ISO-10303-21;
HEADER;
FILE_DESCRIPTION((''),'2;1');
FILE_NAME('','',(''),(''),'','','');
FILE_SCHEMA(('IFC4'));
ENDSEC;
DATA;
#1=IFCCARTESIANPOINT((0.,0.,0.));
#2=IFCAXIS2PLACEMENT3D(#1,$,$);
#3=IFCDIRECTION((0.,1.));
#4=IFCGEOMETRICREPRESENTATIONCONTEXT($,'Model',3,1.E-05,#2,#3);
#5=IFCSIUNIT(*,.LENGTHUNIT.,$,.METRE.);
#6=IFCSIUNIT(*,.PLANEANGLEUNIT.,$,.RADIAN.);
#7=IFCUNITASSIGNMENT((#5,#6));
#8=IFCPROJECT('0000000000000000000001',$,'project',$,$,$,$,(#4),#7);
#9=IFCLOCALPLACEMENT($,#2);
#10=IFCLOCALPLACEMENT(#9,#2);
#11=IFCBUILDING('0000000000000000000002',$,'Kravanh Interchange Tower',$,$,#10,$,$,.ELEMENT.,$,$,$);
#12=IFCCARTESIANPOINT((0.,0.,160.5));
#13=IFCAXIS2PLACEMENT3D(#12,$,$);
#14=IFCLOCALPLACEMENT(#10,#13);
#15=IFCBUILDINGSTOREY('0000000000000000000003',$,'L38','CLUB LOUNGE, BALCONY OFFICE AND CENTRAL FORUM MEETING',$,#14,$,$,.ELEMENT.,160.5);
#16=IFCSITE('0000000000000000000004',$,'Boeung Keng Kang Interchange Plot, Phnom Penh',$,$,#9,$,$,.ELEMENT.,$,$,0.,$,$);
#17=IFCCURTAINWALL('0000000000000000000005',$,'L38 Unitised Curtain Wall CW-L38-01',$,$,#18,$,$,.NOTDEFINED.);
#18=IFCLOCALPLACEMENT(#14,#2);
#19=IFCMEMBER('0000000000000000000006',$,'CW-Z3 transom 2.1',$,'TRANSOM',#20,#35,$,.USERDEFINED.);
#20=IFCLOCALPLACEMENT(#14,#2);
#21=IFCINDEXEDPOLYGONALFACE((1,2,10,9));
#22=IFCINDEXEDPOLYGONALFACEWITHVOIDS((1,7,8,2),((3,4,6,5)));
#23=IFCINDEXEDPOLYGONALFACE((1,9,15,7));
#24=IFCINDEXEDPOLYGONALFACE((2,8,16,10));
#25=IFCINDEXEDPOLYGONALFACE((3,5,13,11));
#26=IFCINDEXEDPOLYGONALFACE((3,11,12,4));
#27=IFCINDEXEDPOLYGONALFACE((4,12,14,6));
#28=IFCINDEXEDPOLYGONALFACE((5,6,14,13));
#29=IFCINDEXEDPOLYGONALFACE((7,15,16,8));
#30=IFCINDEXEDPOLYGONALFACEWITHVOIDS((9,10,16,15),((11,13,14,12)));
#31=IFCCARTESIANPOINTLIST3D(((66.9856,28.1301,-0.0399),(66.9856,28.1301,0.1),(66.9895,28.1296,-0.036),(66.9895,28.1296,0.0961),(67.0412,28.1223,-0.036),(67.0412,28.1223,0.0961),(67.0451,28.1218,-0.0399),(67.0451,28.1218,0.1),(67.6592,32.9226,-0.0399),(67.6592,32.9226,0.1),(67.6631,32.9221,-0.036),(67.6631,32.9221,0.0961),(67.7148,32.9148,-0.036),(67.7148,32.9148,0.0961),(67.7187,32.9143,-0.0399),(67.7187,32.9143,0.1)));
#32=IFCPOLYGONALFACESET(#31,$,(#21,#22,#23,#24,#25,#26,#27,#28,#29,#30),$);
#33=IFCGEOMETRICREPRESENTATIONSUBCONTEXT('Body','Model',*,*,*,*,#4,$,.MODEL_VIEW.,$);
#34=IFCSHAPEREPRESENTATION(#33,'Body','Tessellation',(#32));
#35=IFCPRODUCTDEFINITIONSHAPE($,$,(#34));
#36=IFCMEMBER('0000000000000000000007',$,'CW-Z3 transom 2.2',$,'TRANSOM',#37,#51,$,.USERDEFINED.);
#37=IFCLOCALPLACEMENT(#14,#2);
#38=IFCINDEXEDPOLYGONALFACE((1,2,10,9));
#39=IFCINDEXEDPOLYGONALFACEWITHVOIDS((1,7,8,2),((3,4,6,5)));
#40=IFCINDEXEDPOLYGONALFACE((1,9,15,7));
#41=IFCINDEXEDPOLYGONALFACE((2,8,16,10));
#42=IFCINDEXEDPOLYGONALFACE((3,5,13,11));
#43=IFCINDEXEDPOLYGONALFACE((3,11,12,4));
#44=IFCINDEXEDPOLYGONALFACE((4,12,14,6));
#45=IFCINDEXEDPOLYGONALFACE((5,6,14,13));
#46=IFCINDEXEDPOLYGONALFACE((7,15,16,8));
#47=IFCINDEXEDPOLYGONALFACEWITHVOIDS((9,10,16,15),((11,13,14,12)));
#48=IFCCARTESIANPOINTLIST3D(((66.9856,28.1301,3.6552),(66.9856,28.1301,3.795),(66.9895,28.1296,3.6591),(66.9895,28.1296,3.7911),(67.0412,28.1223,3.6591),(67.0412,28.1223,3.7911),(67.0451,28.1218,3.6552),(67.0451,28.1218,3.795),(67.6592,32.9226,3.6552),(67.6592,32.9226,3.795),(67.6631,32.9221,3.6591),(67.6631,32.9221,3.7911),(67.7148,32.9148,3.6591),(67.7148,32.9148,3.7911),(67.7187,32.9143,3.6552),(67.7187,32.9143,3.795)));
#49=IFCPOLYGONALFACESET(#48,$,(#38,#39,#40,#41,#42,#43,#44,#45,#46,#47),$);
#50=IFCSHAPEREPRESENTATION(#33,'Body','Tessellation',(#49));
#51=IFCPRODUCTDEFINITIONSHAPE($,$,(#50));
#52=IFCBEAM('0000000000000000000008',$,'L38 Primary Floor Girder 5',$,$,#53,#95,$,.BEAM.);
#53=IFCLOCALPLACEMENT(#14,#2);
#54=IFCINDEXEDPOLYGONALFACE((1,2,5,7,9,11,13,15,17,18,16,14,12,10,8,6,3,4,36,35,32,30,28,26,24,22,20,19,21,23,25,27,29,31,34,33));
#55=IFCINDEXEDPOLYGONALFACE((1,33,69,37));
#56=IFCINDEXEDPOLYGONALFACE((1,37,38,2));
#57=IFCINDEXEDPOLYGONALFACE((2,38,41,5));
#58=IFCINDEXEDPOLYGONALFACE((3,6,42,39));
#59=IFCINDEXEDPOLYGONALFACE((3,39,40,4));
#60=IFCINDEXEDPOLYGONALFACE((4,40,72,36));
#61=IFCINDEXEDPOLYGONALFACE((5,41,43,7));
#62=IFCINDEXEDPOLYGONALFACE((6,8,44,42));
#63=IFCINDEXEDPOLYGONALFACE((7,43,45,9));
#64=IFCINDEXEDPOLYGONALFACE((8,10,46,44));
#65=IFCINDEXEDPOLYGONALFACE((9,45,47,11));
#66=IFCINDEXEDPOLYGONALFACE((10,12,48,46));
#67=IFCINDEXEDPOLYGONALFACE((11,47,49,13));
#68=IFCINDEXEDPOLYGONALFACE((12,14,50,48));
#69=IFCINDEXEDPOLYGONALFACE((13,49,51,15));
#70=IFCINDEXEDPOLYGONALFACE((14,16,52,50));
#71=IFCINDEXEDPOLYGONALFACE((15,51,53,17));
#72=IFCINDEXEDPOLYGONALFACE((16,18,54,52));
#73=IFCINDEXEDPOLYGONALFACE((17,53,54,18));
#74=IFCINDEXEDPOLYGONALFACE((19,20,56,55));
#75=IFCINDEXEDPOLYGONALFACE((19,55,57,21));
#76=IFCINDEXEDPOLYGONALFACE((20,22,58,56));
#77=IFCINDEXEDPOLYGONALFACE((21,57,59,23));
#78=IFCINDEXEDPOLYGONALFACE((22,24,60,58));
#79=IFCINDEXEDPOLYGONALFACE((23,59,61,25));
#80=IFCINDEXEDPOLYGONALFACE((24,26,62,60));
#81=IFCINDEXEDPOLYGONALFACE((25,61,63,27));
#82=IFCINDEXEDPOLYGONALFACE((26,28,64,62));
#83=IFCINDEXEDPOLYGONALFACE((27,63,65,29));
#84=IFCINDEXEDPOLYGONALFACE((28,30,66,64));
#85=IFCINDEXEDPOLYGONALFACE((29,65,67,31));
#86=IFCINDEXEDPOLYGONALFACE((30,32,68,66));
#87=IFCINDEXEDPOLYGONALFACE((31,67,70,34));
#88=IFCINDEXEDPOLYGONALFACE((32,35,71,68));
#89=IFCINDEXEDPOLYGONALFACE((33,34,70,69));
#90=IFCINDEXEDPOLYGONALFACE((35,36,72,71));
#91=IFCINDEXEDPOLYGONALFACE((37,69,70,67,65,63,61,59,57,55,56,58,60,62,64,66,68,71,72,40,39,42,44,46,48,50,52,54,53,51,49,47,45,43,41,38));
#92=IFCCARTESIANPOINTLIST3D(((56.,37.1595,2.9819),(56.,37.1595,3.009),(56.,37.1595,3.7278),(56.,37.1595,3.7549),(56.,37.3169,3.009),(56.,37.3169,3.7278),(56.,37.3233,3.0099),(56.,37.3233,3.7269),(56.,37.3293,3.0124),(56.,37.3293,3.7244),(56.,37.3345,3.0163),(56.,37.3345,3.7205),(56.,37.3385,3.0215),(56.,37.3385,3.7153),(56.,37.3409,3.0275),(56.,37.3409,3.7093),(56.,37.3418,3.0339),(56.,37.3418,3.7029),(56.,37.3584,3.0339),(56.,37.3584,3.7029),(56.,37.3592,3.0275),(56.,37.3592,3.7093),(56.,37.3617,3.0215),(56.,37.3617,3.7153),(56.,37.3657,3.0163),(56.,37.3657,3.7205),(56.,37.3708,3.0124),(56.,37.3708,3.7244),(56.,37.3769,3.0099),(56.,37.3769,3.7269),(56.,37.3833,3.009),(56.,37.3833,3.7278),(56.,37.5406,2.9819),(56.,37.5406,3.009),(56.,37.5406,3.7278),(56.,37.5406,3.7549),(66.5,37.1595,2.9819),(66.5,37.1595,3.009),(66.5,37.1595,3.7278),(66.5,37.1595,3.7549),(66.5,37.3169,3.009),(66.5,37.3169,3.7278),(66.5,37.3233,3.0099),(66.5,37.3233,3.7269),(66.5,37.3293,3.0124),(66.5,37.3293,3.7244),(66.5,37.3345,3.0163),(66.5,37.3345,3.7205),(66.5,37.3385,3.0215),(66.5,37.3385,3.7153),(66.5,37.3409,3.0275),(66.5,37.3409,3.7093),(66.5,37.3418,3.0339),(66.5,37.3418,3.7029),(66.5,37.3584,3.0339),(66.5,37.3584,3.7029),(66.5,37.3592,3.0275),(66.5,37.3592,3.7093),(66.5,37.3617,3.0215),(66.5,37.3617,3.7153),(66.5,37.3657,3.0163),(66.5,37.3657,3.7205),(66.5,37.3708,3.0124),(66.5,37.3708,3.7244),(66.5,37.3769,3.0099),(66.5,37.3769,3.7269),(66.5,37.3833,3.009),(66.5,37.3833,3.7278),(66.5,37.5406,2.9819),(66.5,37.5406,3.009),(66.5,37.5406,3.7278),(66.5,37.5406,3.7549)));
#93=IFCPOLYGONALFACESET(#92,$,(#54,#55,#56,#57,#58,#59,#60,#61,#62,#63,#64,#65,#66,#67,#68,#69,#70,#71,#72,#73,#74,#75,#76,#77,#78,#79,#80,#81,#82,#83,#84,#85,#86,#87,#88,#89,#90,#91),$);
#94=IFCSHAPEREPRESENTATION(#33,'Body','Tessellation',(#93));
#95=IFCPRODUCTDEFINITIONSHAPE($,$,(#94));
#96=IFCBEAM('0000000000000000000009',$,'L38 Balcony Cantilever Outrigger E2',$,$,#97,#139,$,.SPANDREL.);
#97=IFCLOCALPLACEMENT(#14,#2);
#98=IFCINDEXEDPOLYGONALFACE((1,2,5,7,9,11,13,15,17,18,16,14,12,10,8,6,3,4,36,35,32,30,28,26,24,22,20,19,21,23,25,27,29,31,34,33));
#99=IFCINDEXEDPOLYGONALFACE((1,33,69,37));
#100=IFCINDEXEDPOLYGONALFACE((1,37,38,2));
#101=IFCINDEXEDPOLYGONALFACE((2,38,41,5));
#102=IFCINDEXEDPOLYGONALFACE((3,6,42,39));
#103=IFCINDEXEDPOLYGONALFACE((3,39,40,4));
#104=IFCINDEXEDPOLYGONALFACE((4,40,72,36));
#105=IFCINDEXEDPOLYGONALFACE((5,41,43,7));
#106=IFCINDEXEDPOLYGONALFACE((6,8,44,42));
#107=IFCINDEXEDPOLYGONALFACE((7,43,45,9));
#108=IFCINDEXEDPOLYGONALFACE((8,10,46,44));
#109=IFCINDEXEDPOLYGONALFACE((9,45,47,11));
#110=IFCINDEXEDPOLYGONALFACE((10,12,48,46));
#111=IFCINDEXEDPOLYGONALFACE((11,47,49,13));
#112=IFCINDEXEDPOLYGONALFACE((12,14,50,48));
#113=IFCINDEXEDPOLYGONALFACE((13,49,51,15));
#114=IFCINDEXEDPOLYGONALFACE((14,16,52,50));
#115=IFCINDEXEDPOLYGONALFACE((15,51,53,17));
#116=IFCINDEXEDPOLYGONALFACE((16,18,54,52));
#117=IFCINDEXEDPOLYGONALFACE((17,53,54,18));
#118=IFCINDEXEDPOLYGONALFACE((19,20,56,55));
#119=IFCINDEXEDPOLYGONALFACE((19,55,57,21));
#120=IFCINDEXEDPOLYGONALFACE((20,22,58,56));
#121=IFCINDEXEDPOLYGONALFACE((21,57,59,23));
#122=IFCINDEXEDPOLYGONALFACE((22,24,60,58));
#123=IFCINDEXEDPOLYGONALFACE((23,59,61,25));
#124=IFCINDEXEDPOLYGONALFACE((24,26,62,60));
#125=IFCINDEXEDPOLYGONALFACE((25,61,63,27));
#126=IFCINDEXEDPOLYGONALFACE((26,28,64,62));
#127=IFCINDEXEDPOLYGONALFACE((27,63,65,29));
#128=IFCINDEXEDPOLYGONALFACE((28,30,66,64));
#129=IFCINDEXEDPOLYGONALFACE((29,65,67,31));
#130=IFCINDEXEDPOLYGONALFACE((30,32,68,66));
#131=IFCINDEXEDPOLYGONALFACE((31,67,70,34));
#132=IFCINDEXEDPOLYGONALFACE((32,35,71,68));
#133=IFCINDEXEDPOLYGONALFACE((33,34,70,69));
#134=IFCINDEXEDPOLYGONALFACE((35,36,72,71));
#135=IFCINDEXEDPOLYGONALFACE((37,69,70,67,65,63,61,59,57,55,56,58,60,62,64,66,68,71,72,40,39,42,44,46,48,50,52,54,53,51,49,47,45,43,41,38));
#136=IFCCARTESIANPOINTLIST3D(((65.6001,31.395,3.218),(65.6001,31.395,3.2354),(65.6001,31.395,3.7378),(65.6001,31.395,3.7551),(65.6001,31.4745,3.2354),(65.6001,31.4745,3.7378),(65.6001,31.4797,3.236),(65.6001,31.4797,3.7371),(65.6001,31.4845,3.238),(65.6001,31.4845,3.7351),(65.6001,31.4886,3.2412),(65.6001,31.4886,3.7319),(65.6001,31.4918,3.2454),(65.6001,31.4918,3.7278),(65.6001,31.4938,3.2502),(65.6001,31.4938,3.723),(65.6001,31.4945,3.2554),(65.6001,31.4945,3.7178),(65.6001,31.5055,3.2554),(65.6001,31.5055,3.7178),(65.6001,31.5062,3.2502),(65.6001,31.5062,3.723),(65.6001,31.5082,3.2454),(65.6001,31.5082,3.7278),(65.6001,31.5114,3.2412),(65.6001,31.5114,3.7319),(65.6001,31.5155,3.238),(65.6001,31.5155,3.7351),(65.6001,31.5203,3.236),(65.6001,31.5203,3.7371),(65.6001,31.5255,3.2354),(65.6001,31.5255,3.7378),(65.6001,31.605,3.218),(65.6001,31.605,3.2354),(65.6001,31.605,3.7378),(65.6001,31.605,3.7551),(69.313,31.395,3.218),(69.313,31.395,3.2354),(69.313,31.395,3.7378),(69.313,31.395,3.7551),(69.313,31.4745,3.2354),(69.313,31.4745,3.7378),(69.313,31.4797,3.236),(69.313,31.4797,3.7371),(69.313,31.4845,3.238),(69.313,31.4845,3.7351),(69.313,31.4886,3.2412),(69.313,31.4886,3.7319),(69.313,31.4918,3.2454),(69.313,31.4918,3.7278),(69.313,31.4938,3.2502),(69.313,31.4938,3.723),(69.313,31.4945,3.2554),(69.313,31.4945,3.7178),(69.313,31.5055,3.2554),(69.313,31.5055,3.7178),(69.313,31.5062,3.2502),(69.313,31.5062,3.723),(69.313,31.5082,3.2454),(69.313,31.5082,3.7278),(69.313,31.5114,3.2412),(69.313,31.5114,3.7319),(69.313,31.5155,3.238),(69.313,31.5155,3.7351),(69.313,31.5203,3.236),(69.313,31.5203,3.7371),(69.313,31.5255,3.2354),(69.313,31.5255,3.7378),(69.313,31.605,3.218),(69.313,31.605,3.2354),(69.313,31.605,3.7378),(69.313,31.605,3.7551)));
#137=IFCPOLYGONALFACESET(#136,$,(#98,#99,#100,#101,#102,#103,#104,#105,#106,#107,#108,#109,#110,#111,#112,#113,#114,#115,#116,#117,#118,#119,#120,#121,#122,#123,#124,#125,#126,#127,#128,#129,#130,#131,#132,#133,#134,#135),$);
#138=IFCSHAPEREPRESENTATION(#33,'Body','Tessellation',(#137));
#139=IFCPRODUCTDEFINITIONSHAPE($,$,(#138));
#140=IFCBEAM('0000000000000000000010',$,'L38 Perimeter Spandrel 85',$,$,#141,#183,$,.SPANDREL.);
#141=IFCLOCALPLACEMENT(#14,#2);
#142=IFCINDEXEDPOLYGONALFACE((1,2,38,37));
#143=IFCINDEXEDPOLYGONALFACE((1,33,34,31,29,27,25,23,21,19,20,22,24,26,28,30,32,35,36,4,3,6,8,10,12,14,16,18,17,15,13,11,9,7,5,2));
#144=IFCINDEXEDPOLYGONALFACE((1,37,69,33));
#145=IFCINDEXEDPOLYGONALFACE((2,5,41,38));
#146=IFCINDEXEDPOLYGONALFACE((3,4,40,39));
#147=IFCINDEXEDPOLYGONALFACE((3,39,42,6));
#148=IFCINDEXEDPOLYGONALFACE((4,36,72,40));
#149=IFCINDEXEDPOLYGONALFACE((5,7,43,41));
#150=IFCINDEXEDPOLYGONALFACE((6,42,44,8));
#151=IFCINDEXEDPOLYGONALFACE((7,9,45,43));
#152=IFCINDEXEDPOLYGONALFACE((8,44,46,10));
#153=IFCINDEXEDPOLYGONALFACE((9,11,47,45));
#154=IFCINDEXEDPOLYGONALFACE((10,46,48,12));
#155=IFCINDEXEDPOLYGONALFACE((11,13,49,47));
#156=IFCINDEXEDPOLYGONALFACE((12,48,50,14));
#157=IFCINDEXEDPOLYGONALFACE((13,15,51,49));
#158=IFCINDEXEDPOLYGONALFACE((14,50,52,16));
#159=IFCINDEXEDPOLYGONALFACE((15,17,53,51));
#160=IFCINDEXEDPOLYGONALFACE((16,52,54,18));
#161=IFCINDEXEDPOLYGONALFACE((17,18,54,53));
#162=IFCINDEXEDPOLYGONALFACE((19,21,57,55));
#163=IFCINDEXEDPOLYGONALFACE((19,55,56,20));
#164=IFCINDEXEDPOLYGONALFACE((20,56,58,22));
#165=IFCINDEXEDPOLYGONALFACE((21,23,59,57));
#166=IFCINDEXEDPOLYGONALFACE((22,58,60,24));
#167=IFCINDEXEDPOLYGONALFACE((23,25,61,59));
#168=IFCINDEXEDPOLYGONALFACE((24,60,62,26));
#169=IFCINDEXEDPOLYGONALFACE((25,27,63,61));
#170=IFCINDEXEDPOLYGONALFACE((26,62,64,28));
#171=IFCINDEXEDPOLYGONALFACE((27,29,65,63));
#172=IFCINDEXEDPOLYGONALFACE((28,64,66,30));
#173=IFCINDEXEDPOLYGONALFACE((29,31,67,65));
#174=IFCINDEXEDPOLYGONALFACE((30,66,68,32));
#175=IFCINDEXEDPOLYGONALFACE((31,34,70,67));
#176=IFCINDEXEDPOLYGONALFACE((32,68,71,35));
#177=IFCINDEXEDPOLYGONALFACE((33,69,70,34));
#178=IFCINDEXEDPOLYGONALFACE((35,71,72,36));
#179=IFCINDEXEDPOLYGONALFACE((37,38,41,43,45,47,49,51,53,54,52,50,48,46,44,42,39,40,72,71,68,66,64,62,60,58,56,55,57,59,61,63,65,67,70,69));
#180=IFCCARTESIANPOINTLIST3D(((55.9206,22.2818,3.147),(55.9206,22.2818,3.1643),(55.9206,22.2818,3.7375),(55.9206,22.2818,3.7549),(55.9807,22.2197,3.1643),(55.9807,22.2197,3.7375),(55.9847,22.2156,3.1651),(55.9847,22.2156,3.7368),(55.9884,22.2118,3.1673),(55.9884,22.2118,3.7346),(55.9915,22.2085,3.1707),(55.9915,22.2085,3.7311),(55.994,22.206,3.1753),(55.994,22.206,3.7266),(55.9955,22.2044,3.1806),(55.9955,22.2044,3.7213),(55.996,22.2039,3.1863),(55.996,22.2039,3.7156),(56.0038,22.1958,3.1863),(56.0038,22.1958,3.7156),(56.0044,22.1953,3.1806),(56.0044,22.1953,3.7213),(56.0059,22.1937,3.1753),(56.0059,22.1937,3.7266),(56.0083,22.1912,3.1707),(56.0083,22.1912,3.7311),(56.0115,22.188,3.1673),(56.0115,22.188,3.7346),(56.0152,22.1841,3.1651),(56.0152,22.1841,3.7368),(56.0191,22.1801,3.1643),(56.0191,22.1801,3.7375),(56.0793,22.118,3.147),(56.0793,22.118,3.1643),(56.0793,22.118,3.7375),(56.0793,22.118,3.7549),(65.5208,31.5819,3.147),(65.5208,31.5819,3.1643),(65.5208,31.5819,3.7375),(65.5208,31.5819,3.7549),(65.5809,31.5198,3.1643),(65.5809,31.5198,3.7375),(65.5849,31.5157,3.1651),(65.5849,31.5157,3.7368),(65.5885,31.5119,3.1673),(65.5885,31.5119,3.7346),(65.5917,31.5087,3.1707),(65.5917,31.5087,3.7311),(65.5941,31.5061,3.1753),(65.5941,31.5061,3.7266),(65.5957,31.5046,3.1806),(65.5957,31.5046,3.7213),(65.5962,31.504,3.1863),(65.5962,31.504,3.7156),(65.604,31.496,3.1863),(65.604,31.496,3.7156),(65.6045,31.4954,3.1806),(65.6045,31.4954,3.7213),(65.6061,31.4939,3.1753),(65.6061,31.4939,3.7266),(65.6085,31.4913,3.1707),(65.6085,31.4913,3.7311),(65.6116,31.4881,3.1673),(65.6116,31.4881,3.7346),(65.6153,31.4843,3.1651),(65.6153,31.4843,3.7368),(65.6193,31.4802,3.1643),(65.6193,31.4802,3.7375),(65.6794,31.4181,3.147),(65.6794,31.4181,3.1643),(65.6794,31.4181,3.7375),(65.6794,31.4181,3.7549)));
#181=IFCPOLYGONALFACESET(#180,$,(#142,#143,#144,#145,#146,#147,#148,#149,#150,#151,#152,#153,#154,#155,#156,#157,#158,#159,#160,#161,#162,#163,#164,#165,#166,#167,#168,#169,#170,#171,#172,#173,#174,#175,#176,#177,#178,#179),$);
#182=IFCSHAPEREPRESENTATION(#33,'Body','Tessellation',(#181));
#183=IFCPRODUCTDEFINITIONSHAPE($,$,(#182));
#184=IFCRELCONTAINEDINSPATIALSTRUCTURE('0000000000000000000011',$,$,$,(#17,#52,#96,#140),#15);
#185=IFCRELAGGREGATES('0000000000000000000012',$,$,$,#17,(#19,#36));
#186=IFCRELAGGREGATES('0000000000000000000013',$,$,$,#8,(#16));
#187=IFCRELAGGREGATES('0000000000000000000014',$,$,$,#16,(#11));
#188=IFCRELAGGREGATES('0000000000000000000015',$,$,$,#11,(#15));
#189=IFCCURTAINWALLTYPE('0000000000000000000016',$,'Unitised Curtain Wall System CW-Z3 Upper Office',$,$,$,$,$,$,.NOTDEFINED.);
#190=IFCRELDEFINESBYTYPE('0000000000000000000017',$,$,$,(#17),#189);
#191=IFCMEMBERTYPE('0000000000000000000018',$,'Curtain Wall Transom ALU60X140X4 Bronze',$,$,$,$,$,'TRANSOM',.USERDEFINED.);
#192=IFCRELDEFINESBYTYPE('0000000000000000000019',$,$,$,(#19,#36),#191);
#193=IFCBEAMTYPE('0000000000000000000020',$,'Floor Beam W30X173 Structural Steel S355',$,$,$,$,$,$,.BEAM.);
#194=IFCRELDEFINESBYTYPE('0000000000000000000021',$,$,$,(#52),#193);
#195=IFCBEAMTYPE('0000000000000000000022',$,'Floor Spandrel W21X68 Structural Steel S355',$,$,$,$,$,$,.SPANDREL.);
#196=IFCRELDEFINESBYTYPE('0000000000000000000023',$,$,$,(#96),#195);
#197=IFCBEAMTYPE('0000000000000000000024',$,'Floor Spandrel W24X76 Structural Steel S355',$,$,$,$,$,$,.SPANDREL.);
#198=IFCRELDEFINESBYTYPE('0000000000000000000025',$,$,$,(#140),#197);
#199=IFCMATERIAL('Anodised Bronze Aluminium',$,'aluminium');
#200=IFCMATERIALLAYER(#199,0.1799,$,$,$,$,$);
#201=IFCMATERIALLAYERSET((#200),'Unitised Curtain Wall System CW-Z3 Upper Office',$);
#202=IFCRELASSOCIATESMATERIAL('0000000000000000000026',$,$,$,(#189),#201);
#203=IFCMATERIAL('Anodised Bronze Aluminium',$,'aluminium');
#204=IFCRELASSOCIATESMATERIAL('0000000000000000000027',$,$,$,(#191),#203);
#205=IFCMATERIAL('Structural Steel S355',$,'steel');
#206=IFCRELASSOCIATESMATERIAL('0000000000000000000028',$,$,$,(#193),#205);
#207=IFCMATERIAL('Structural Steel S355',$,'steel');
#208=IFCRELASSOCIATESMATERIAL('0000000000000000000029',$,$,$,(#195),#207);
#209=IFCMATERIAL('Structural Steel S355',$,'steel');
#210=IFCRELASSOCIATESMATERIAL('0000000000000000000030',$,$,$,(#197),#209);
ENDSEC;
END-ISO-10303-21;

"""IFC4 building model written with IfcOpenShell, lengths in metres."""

from ifc_helpers import new_model, si_unit, direction, frame, origin, origin_2d, place, context, subcontext, project, spatial, hollow_rectangle, i_section, extrude, material, layer, layer_set, material_profile, profile_set, type_object, element, aggregate, save


model = new_model("IFC4")

# Units and contexts
model_context = context("Model", 3, precision=1e-05, world=origin(), true_north=direction((0.0, 1.0)))
body_context = subcontext(model_context, "Body", "Model", "MODEL_VIEW")
ifc_project = project(units=[si_unit("LENGTHUNIT", "METRE"), si_unit("PLANEANGLEUNIT", "RADIAN")], contexts=[model_context])

# Site, building, storey
site_placement = place(None, origin())
site = spatial("IfcSite", under=ifc_project, at=site_placement, Name="Boeung Keng Kang Interchange Plot, Phnom Penh", CompositionType="ELEMENT", RefElevation=0.0)
building_placement = place(site_placement, origin())
building = spatial("IfcBuilding", under=site, at=building_placement, Name="Kravanh Interchange Tower", CompositionType="ELEMENT")
storey_placement = place(building_placement, frame((0.0, 0.0, 160.5)))
storey = spatial("IfcBuildingStorey", under=building, at=storey_placement, Name="L38", Description="CLUB LOUNGE, BALCONY OFFICE AND CENTRAL FORUM MEETING", CompositionType="ELEMENT", Elevation=160.5)

# Curtain wall, members
ifc_material_1 = material(Name="Anodised Bronze Aluminium", Category="aluminium")
ifc_layer_1 = layer(ifc_material_1, 0.1799)
ifc_layer_set_1 = layer_set([ifc_layer_1], Name="Unitised Curtain Wall System CW-Z3 Upper Office")
curtain_wall_type = type_object("IfcCurtainWallType", Name="Unitised Curtain Wall System CW-Z3 Upper Office", PredefinedType="NOTDEFINED", material=ifc_layer_set_1)
curtain_wall_placement = place(storey_placement, origin())
curtain_wall = element("IfcCurtainWall", 1, at=curtain_wall_placement, inside=storey, type_object=curtain_wall_type, Name="L38 Unitised Curtain Wall CW-L38-01", PredefinedType="NOTDEFINED")
ifc_material_2 = material(Name="Anodised Bronze Aluminium", Category="aluminium")
ifc_material_profile_1 = material_profile(ifc_material_2, hollow_rectangle(XDim=0.0601, YDim=0.1399, WallThickness=0.0039, at=origin_2d()), Name="ALU60X140X4")
ifc_profile_set_1 = profile_set([ifc_material_profile_1], Name="Anodised Bronze Aluminium")
member_type_1 = type_object("IfcMemberType", Name="Curtain Wall Transom ALU60X140X4 Bronze", ElementType="TRANSOM", PredefinedType="USERDEFINED", material=ifc_profile_set_1)
member_1_placement = place(storey_placement, frame((67.689, 32.9185, 0.03), z_axis=(-0.139182, -0.990267, 0.0), x_axis=(0.990267, -0.139182, 0.0)))
member_1 = element("IfcMember", 2, at=member_1_placement, type_object=member_type_1, Name="CW-Z3 transom 2.1", ObjectType="TRANSOM", PredefinedType="USERDEFINED", context=body_context, shape_type="SweptSolid", body=[
    extrude(hollow_rectangle(XDim=0.0601, YDim=0.1399, WallThickness=0.0039, at=origin_2d()), origin(), (0.0, 0.0, 1.0), 4.8396),
])
member_2_placement = place(storey_placement, frame((67.689, 32.9185, 3.7251), z_axis=(-0.139182, -0.990267, 0.0), x_axis=(0.990267, -0.139182, 0.0)))
member_2 = element("IfcMember", 3, at=member_2_placement, type_object=member_type_1, Name="CW-Z3 transom 2.2", ObjectType="TRANSOM", PredefinedType="USERDEFINED", context=body_context, shape_type="SweptSolid", body=[
    extrude(hollow_rectangle(XDim=0.0601, YDim=0.1399, WallThickness=0.0039, at=origin_2d()), origin(), (0.0, 0.0, 1.0), 4.8396),
])

# Beams
ifc_material_3 = material(Name="Structural Steel S355", Category="steel")
ifc_material_profile_2 = material_profile(ifc_material_3, i_section(OverallWidth=0.3811, OverallDepth=0.7729, WebThickness=0.0166, FlangeThickness=0.0271, FilletRadius=0.0249, at=origin_2d()), Name="W30X173")
ifc_profile_set_2 = profile_set([ifc_material_profile_2], Name="Structural Steel S355")
beam_type_1 = type_object("IfcBeamType", Name="Floor Beam W30X173 Structural Steel S355", PredefinedType="BEAM", material=ifc_profile_set_2)
beam_1_placement = place(storey_placement, frame((66.5, 37.3501, 3.3684), z_axis=(-1.0, 0.0, 0.0), x_axis=(0.0, -1.0, 0.0)))
element("IfcBeam", 4, at=beam_1_placement, inside=storey, type_object=beam_type_1, Name="L38 Primary Floor Girder 5", PredefinedType="BEAM", context=body_context, shape_type="SweptSolid", body=[
    extrude(i_section(OverallWidth=0.3811, OverallDepth=0.7729, WebThickness=0.0166, FlangeThickness=0.0271, FilletRadius=0.0249, at=origin_2d()), origin(), (0.0, 0.0, 1.0), 10.5),
])
ifc_material_4 = material(Name="Structural Steel S355", Category="steel")
ifc_material_profile_3 = material_profile(ifc_material_4, i_section(OverallWidth=0.21, OverallDepth=0.5371, WebThickness=0.011, FlangeThickness=0.0173, FilletRadius=0.02, at=origin_2d()), Name="W21X68")
ifc_profile_set_3 = profile_set([ifc_material_profile_3], Name="Structural Steel S355")
beam_type_2 = type_object("IfcBeamType", Name="Floor Spandrel W21X68 Structural Steel S355", PredefinedType="SPANDREL", material=ifc_profile_set_3)
beam_2_placement = place(storey_placement, frame((65.6001, 31.5, 3.4866), z_axis=(1.0, 0.0, 0.0), x_axis=(0.0, 1.0, 0.0)))
element("IfcBeam", 5, at=beam_2_placement, inside=storey, type_object=beam_type_2, Name="L38 Balcony Cantilever Outrigger E2", PredefinedType="SPANDREL", context=body_context, shape_type="SweptSolid", body=[
    extrude(i_section(OverallWidth=0.21, OverallDepth=0.5371, WebThickness=0.011, FlangeThickness=0.0173, FilletRadius=0.02, at=origin_2d()), origin(), (0.0, 0.0, 1.0), 3.7129),
])
ifc_material_5 = material(Name="Structural Steel S355", Category="steel")
ifc_material_profile_4 = material_profile(ifc_material_5, i_section(OverallWidth=0.228, OverallDepth=0.6079, WebThickness=0.0112, FlangeThickness=0.0173, FilletRadius=0.022, at=origin_2d()), Name="W24X76")
ifc_profile_set_4 = profile_set([ifc_material_profile_4], Name="Structural Steel S355")
beam_type_3 = type_object("IfcBeamType", Name="Floor Spandrel W24X76 Structural Steel S355", PredefinedType="SPANDREL", material=ifc_profile_set_4)
beam_3_placement = place(storey_placement, frame((65.6001, 31.5, 3.4509), z_axis=(-0.718242, -0.695793, 0.0), x_axis=(0.695793, -0.718242, 0.0)))
element("IfcBeam", 6, at=beam_3_placement, inside=storey, type_object=beam_type_3, Name="L38 Perimeter Spandrel 85", PredefinedType="SPANDREL", context=body_context, shape_type="SweptSolid", body=[
    extrude(i_section(OverallWidth=0.228, OverallDepth=0.6079, WebThickness=0.0112, FlangeThickness=0.0173, FilletRadius=0.022, at=origin_2d()), origin(), (0.0, 0.0, 1.0), 13.3662),
])

aggregate(curtain_wall, [member_1, member_2])

save(model, "model.ifc")
